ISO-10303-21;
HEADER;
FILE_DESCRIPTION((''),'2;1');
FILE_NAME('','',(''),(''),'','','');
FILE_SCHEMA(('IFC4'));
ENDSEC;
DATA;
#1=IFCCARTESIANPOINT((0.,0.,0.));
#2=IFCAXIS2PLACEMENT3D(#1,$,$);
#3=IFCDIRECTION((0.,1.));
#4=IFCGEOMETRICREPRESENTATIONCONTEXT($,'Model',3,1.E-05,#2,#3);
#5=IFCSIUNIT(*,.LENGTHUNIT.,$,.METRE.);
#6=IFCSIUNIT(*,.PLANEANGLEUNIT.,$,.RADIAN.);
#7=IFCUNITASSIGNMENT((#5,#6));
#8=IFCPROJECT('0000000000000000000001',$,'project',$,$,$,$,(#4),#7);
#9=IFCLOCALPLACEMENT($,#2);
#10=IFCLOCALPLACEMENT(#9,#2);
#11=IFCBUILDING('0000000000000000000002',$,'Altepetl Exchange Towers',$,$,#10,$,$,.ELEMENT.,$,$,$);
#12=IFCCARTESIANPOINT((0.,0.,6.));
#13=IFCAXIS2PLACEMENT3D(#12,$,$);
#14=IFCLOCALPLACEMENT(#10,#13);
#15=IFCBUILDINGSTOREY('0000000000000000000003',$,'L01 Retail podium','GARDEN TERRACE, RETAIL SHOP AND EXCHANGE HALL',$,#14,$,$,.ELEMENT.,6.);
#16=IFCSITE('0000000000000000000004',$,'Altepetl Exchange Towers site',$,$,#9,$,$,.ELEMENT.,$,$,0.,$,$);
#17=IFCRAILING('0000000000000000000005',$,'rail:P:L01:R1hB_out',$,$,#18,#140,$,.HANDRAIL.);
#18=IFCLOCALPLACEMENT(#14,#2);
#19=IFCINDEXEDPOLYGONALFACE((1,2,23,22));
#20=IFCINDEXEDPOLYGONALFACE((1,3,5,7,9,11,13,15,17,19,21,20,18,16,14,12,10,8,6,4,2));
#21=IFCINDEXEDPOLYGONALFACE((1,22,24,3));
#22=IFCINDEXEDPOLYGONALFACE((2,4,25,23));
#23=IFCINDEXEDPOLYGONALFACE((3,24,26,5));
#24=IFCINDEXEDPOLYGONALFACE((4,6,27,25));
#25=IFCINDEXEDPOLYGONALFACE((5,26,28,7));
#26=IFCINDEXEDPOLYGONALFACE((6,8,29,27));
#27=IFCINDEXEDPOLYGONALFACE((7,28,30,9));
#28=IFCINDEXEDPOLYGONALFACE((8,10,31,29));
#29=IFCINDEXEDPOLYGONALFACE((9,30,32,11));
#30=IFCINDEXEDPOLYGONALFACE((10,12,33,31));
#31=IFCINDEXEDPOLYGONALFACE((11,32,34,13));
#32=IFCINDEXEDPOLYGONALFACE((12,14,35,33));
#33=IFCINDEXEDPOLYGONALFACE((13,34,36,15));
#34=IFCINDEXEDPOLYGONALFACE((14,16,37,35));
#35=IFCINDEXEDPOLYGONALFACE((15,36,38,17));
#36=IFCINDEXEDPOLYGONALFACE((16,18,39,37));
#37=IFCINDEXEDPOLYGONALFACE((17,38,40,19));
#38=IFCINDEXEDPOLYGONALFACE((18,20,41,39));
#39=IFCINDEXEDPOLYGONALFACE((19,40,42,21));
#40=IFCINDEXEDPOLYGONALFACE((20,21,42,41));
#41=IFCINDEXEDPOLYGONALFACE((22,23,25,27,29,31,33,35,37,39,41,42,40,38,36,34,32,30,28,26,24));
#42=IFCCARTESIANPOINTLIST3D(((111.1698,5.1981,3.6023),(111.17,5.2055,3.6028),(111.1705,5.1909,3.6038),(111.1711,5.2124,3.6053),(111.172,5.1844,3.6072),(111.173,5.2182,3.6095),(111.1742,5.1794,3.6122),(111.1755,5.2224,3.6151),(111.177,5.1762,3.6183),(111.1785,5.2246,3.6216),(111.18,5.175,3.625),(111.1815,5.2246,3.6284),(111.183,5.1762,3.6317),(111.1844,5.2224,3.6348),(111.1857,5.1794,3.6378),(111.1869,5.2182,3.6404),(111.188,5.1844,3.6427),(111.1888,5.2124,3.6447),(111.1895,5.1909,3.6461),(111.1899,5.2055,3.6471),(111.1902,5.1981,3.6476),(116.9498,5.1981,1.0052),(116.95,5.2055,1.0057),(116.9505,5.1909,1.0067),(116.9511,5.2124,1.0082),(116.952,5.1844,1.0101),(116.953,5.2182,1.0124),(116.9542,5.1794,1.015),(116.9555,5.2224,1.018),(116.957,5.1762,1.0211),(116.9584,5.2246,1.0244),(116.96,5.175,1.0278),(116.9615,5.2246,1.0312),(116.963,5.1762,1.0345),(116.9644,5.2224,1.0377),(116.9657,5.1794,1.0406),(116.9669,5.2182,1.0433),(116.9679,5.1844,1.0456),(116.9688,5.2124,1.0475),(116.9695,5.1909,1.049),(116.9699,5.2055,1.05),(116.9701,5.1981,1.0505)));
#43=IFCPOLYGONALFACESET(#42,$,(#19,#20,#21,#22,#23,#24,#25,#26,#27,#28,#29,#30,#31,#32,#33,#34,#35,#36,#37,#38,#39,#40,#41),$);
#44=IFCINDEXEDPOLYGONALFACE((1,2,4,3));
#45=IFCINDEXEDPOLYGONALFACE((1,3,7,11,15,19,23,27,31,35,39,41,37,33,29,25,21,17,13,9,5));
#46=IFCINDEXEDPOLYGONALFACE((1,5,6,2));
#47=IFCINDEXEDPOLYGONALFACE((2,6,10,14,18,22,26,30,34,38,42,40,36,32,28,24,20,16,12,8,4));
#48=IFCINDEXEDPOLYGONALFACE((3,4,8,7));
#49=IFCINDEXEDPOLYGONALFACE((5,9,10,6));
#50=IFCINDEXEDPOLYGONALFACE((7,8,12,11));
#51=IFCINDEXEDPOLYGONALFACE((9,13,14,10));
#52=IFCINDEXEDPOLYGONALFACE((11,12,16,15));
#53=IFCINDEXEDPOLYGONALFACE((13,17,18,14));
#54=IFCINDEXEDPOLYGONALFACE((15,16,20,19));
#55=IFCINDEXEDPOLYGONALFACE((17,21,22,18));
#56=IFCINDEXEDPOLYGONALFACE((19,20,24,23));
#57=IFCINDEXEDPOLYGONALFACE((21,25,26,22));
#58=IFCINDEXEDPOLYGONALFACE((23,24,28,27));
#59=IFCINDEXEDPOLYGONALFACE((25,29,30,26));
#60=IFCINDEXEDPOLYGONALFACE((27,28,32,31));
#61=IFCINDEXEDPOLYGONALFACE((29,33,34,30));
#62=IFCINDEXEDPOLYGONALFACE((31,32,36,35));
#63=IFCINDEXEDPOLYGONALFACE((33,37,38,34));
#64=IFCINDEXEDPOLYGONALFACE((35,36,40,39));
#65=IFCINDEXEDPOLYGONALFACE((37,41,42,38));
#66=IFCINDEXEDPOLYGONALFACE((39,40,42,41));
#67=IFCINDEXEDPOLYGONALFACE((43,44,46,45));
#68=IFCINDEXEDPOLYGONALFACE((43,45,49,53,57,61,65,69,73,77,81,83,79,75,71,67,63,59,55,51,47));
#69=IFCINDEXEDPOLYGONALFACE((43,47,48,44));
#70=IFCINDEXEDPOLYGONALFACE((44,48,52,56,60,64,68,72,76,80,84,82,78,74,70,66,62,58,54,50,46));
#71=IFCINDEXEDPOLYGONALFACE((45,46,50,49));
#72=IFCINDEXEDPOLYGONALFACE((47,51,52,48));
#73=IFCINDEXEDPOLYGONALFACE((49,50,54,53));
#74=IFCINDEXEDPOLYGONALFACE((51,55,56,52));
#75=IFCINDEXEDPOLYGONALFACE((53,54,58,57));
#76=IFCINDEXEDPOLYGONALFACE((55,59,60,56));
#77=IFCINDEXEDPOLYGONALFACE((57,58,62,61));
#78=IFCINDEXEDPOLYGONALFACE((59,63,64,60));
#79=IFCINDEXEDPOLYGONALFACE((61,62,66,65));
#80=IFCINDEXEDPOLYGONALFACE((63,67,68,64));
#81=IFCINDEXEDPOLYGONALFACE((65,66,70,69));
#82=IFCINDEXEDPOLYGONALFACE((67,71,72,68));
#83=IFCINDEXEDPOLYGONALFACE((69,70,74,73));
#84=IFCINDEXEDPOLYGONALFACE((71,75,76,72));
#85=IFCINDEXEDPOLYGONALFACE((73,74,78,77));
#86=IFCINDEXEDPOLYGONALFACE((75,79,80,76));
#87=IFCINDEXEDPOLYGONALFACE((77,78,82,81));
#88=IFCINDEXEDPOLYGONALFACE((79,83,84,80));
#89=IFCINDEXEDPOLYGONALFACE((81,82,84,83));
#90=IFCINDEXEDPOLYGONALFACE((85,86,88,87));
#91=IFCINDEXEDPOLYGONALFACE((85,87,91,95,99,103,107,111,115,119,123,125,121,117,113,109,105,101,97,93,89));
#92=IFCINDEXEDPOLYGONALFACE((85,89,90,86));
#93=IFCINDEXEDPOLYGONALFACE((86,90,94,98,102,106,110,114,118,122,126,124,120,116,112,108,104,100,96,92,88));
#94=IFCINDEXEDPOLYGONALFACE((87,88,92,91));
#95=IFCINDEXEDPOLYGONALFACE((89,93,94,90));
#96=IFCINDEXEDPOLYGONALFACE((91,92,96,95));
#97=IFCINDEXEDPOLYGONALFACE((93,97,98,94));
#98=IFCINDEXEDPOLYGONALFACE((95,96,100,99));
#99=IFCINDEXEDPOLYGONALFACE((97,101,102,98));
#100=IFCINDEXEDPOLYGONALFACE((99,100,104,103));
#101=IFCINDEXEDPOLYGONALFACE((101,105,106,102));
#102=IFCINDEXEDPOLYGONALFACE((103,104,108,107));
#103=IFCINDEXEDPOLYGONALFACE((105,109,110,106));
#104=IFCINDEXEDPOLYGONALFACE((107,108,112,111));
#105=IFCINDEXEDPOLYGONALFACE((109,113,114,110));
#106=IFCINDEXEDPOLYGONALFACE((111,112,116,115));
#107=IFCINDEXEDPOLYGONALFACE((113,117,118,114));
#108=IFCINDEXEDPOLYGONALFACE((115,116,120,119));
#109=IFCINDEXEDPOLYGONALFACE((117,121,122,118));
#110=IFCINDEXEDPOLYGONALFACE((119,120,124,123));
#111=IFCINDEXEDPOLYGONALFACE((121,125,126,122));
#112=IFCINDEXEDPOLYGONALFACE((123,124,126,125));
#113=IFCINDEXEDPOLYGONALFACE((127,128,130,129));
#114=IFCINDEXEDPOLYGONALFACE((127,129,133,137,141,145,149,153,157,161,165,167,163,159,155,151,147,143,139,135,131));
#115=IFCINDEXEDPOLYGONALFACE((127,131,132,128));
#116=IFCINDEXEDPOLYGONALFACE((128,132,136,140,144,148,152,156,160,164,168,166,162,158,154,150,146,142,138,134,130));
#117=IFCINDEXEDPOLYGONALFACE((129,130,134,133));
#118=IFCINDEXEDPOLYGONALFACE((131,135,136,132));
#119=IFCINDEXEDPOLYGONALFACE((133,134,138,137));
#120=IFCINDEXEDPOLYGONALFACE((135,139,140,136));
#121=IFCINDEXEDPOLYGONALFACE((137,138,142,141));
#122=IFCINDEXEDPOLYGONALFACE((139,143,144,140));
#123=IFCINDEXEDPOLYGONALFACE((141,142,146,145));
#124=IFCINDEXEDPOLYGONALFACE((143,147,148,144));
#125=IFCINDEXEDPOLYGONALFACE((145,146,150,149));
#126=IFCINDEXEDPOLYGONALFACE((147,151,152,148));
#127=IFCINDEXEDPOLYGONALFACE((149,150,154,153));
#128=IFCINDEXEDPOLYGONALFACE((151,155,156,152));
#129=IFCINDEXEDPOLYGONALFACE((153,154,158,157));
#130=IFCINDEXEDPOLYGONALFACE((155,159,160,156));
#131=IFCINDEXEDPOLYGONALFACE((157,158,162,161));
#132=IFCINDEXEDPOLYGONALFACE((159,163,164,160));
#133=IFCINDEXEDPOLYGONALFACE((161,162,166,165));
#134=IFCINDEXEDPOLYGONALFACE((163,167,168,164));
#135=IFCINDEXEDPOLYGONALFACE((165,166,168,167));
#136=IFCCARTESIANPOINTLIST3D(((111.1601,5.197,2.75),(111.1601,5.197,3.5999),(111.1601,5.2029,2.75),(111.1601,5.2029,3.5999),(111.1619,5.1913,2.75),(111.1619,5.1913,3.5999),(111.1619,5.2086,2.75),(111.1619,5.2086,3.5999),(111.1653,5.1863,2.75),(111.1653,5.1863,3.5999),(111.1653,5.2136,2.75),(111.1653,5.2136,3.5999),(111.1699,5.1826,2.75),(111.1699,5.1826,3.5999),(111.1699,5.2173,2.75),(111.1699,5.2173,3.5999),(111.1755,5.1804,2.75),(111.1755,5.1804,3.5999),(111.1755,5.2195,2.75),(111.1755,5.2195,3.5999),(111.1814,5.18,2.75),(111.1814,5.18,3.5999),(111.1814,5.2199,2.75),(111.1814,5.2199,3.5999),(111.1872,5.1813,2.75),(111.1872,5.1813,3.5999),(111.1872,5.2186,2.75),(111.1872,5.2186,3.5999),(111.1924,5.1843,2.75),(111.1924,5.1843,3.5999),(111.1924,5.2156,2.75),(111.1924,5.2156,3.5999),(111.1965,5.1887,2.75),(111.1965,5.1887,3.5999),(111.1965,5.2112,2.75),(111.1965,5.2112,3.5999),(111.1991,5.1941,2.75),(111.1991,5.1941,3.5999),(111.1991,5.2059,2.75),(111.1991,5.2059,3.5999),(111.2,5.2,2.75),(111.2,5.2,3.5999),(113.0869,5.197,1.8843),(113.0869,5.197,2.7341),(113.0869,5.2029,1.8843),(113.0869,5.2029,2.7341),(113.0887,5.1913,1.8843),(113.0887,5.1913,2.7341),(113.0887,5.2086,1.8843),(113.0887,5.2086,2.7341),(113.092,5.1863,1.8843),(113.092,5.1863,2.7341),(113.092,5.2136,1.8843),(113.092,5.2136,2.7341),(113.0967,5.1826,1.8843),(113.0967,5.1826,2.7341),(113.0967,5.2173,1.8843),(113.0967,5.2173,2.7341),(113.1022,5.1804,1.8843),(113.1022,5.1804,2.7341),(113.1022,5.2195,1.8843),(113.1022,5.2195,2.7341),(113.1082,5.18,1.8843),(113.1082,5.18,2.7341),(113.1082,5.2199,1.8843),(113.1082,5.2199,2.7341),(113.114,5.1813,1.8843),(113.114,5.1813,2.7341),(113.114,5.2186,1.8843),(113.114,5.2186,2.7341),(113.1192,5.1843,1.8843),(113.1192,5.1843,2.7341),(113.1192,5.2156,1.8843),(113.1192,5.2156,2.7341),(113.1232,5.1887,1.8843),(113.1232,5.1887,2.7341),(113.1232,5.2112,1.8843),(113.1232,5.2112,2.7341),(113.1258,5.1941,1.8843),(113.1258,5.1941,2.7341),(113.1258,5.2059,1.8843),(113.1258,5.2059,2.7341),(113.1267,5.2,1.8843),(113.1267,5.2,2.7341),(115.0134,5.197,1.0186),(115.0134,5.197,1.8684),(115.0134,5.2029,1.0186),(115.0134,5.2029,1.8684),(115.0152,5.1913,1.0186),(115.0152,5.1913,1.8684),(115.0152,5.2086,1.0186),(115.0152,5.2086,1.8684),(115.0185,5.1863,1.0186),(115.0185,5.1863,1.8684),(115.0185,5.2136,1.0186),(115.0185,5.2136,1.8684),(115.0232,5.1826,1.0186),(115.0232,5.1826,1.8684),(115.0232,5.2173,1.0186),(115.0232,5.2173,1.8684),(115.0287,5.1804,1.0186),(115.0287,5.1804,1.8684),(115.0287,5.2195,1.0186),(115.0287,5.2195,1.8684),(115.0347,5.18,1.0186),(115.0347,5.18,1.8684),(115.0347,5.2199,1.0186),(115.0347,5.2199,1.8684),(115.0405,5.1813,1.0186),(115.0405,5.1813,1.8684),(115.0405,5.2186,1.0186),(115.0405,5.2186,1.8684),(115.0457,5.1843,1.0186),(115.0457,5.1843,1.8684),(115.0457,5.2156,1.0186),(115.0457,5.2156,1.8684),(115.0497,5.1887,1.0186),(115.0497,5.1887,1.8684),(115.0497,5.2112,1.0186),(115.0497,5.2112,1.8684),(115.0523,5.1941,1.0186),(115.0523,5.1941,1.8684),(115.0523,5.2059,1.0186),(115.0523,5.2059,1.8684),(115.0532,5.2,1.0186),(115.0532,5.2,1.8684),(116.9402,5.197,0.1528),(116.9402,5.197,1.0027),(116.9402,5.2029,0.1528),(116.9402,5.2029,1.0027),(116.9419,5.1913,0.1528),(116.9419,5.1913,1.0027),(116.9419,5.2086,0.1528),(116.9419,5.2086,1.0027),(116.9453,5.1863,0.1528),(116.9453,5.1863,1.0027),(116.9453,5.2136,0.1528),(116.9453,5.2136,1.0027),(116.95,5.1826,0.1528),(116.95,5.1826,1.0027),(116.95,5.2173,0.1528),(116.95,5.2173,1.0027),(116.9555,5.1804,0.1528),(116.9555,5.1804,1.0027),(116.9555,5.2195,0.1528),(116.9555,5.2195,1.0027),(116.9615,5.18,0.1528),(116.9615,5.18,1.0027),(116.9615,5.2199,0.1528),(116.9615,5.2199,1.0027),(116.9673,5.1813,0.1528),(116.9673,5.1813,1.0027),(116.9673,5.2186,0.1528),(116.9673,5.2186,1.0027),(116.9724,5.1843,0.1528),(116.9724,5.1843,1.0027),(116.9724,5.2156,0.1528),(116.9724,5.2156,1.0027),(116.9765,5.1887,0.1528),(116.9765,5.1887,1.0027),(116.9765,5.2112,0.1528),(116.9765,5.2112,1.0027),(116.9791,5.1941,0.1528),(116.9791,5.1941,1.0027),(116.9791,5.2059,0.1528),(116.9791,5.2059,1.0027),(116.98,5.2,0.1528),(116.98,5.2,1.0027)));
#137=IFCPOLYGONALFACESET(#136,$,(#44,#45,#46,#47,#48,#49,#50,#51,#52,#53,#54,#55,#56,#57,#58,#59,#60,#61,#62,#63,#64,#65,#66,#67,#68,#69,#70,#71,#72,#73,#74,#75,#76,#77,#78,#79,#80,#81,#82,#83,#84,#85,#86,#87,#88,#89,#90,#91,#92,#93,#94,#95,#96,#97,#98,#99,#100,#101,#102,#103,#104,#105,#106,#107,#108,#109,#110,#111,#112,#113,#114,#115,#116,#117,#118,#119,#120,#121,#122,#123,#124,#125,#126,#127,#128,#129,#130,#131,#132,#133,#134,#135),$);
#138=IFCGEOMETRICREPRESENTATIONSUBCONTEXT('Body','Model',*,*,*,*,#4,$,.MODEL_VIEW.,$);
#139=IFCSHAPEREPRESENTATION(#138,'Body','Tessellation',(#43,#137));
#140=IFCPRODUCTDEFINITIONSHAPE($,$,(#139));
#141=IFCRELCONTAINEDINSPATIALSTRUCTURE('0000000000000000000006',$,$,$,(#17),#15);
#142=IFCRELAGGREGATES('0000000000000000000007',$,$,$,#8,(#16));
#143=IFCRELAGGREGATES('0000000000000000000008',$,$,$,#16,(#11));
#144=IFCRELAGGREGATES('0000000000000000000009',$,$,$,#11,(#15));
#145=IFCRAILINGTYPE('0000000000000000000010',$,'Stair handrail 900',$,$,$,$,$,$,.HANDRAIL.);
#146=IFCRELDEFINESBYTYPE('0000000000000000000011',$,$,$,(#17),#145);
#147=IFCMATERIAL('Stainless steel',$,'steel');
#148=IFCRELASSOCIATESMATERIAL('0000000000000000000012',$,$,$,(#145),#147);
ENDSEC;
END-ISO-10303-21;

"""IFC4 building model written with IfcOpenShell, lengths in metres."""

from ifc_helpers import new_model, si_unit, direction, frame, origin, origin_2d, place, context, subcontext, project, spatial, circle, extrude, source, transform, mapped, material, type_object, element, save


model = new_model("IFC4")

# Units and contexts
model_context = context("Model", 3, precision=1e-05, world=origin(), true_north=direction((0.0, 1.0)))
body_context = subcontext(model_context, "Body", "Model", "MODEL_VIEW")
ifc_project = project(units=[si_unit("LENGTHUNIT", "METRE"), si_unit("PLANEANGLEUNIT", "RADIAN")], contexts=[model_context])

# Site, building, storey
site_placement = place(None, origin())
site = spatial("IfcSite", under=ifc_project, at=site_placement, Name="Altepetl Exchange Towers site", CompositionType="ELEMENT", RefElevation=0.0)
building_placement = place(site_placement, origin())
building = spatial("IfcBuilding", under=site, at=building_placement, Name="Altepetl Exchange Towers", CompositionType="ELEMENT")
storey_placement = place(building_placement, frame((0.0, 0.0, 6.0)))
storey = spatial("IfcBuildingStorey", under=building, at=storey_placement, Name="L01 Retail podium", Description="GARDEN TERRACE, RETAIL SHOP AND EXCHANGE HALL", CompositionType="ELEMENT", Elevation=6.0)

# Railing
ifc_material_1 = material(Name="Stainless steel", Category="steel")
railing_type_1 = type_object("IfcRailingType", Name="Stair handrail 900", PredefinedType="HANDRAIL", material=ifc_material_1)
shared_shape_1 = source(origin(), body_context, "Body", "SweptSolid", [
    extrude(circle(Radius=0.02, at=origin_2d()), origin(), (0.0, 0.0, 1.0), 0.8499),
])
for number, where, name in (
    (1, (116.96, 5.2, 0.1528), "rail:P:L01:R1hB_out"),
):
    element("IfcRailing", number, at=place(storey_placement, frame(where)), inside=storey, type_object=railing_type_1, Name=name, PredefinedType="HANDRAIL", context=body_context, shape_type="SweptSolid", body=[
        extrude(circle(Radius=0.0249, at=origin_2d()), frame((0.0, 0.0, 0.875), z_axis=(-0.912148, 0.0, 0.40986), x_axis=(0.0, -1.0, 0.0)), (0.0, 0.0, 1.0), 6.3367),
        mapped(shared_shape_1, transform((0.0, 0.0, 0.0))),
        mapped(shared_shape_1, transform((-1.9268, 0.0, 0.8657))),
        mapped(shared_shape_1, transform((-3.8533, 0.0, 1.7314))),
        mapped(shared_shape_1, transform((-5.78, 0.0, 2.5972))),
    ])

save(model, "model.ifc")
